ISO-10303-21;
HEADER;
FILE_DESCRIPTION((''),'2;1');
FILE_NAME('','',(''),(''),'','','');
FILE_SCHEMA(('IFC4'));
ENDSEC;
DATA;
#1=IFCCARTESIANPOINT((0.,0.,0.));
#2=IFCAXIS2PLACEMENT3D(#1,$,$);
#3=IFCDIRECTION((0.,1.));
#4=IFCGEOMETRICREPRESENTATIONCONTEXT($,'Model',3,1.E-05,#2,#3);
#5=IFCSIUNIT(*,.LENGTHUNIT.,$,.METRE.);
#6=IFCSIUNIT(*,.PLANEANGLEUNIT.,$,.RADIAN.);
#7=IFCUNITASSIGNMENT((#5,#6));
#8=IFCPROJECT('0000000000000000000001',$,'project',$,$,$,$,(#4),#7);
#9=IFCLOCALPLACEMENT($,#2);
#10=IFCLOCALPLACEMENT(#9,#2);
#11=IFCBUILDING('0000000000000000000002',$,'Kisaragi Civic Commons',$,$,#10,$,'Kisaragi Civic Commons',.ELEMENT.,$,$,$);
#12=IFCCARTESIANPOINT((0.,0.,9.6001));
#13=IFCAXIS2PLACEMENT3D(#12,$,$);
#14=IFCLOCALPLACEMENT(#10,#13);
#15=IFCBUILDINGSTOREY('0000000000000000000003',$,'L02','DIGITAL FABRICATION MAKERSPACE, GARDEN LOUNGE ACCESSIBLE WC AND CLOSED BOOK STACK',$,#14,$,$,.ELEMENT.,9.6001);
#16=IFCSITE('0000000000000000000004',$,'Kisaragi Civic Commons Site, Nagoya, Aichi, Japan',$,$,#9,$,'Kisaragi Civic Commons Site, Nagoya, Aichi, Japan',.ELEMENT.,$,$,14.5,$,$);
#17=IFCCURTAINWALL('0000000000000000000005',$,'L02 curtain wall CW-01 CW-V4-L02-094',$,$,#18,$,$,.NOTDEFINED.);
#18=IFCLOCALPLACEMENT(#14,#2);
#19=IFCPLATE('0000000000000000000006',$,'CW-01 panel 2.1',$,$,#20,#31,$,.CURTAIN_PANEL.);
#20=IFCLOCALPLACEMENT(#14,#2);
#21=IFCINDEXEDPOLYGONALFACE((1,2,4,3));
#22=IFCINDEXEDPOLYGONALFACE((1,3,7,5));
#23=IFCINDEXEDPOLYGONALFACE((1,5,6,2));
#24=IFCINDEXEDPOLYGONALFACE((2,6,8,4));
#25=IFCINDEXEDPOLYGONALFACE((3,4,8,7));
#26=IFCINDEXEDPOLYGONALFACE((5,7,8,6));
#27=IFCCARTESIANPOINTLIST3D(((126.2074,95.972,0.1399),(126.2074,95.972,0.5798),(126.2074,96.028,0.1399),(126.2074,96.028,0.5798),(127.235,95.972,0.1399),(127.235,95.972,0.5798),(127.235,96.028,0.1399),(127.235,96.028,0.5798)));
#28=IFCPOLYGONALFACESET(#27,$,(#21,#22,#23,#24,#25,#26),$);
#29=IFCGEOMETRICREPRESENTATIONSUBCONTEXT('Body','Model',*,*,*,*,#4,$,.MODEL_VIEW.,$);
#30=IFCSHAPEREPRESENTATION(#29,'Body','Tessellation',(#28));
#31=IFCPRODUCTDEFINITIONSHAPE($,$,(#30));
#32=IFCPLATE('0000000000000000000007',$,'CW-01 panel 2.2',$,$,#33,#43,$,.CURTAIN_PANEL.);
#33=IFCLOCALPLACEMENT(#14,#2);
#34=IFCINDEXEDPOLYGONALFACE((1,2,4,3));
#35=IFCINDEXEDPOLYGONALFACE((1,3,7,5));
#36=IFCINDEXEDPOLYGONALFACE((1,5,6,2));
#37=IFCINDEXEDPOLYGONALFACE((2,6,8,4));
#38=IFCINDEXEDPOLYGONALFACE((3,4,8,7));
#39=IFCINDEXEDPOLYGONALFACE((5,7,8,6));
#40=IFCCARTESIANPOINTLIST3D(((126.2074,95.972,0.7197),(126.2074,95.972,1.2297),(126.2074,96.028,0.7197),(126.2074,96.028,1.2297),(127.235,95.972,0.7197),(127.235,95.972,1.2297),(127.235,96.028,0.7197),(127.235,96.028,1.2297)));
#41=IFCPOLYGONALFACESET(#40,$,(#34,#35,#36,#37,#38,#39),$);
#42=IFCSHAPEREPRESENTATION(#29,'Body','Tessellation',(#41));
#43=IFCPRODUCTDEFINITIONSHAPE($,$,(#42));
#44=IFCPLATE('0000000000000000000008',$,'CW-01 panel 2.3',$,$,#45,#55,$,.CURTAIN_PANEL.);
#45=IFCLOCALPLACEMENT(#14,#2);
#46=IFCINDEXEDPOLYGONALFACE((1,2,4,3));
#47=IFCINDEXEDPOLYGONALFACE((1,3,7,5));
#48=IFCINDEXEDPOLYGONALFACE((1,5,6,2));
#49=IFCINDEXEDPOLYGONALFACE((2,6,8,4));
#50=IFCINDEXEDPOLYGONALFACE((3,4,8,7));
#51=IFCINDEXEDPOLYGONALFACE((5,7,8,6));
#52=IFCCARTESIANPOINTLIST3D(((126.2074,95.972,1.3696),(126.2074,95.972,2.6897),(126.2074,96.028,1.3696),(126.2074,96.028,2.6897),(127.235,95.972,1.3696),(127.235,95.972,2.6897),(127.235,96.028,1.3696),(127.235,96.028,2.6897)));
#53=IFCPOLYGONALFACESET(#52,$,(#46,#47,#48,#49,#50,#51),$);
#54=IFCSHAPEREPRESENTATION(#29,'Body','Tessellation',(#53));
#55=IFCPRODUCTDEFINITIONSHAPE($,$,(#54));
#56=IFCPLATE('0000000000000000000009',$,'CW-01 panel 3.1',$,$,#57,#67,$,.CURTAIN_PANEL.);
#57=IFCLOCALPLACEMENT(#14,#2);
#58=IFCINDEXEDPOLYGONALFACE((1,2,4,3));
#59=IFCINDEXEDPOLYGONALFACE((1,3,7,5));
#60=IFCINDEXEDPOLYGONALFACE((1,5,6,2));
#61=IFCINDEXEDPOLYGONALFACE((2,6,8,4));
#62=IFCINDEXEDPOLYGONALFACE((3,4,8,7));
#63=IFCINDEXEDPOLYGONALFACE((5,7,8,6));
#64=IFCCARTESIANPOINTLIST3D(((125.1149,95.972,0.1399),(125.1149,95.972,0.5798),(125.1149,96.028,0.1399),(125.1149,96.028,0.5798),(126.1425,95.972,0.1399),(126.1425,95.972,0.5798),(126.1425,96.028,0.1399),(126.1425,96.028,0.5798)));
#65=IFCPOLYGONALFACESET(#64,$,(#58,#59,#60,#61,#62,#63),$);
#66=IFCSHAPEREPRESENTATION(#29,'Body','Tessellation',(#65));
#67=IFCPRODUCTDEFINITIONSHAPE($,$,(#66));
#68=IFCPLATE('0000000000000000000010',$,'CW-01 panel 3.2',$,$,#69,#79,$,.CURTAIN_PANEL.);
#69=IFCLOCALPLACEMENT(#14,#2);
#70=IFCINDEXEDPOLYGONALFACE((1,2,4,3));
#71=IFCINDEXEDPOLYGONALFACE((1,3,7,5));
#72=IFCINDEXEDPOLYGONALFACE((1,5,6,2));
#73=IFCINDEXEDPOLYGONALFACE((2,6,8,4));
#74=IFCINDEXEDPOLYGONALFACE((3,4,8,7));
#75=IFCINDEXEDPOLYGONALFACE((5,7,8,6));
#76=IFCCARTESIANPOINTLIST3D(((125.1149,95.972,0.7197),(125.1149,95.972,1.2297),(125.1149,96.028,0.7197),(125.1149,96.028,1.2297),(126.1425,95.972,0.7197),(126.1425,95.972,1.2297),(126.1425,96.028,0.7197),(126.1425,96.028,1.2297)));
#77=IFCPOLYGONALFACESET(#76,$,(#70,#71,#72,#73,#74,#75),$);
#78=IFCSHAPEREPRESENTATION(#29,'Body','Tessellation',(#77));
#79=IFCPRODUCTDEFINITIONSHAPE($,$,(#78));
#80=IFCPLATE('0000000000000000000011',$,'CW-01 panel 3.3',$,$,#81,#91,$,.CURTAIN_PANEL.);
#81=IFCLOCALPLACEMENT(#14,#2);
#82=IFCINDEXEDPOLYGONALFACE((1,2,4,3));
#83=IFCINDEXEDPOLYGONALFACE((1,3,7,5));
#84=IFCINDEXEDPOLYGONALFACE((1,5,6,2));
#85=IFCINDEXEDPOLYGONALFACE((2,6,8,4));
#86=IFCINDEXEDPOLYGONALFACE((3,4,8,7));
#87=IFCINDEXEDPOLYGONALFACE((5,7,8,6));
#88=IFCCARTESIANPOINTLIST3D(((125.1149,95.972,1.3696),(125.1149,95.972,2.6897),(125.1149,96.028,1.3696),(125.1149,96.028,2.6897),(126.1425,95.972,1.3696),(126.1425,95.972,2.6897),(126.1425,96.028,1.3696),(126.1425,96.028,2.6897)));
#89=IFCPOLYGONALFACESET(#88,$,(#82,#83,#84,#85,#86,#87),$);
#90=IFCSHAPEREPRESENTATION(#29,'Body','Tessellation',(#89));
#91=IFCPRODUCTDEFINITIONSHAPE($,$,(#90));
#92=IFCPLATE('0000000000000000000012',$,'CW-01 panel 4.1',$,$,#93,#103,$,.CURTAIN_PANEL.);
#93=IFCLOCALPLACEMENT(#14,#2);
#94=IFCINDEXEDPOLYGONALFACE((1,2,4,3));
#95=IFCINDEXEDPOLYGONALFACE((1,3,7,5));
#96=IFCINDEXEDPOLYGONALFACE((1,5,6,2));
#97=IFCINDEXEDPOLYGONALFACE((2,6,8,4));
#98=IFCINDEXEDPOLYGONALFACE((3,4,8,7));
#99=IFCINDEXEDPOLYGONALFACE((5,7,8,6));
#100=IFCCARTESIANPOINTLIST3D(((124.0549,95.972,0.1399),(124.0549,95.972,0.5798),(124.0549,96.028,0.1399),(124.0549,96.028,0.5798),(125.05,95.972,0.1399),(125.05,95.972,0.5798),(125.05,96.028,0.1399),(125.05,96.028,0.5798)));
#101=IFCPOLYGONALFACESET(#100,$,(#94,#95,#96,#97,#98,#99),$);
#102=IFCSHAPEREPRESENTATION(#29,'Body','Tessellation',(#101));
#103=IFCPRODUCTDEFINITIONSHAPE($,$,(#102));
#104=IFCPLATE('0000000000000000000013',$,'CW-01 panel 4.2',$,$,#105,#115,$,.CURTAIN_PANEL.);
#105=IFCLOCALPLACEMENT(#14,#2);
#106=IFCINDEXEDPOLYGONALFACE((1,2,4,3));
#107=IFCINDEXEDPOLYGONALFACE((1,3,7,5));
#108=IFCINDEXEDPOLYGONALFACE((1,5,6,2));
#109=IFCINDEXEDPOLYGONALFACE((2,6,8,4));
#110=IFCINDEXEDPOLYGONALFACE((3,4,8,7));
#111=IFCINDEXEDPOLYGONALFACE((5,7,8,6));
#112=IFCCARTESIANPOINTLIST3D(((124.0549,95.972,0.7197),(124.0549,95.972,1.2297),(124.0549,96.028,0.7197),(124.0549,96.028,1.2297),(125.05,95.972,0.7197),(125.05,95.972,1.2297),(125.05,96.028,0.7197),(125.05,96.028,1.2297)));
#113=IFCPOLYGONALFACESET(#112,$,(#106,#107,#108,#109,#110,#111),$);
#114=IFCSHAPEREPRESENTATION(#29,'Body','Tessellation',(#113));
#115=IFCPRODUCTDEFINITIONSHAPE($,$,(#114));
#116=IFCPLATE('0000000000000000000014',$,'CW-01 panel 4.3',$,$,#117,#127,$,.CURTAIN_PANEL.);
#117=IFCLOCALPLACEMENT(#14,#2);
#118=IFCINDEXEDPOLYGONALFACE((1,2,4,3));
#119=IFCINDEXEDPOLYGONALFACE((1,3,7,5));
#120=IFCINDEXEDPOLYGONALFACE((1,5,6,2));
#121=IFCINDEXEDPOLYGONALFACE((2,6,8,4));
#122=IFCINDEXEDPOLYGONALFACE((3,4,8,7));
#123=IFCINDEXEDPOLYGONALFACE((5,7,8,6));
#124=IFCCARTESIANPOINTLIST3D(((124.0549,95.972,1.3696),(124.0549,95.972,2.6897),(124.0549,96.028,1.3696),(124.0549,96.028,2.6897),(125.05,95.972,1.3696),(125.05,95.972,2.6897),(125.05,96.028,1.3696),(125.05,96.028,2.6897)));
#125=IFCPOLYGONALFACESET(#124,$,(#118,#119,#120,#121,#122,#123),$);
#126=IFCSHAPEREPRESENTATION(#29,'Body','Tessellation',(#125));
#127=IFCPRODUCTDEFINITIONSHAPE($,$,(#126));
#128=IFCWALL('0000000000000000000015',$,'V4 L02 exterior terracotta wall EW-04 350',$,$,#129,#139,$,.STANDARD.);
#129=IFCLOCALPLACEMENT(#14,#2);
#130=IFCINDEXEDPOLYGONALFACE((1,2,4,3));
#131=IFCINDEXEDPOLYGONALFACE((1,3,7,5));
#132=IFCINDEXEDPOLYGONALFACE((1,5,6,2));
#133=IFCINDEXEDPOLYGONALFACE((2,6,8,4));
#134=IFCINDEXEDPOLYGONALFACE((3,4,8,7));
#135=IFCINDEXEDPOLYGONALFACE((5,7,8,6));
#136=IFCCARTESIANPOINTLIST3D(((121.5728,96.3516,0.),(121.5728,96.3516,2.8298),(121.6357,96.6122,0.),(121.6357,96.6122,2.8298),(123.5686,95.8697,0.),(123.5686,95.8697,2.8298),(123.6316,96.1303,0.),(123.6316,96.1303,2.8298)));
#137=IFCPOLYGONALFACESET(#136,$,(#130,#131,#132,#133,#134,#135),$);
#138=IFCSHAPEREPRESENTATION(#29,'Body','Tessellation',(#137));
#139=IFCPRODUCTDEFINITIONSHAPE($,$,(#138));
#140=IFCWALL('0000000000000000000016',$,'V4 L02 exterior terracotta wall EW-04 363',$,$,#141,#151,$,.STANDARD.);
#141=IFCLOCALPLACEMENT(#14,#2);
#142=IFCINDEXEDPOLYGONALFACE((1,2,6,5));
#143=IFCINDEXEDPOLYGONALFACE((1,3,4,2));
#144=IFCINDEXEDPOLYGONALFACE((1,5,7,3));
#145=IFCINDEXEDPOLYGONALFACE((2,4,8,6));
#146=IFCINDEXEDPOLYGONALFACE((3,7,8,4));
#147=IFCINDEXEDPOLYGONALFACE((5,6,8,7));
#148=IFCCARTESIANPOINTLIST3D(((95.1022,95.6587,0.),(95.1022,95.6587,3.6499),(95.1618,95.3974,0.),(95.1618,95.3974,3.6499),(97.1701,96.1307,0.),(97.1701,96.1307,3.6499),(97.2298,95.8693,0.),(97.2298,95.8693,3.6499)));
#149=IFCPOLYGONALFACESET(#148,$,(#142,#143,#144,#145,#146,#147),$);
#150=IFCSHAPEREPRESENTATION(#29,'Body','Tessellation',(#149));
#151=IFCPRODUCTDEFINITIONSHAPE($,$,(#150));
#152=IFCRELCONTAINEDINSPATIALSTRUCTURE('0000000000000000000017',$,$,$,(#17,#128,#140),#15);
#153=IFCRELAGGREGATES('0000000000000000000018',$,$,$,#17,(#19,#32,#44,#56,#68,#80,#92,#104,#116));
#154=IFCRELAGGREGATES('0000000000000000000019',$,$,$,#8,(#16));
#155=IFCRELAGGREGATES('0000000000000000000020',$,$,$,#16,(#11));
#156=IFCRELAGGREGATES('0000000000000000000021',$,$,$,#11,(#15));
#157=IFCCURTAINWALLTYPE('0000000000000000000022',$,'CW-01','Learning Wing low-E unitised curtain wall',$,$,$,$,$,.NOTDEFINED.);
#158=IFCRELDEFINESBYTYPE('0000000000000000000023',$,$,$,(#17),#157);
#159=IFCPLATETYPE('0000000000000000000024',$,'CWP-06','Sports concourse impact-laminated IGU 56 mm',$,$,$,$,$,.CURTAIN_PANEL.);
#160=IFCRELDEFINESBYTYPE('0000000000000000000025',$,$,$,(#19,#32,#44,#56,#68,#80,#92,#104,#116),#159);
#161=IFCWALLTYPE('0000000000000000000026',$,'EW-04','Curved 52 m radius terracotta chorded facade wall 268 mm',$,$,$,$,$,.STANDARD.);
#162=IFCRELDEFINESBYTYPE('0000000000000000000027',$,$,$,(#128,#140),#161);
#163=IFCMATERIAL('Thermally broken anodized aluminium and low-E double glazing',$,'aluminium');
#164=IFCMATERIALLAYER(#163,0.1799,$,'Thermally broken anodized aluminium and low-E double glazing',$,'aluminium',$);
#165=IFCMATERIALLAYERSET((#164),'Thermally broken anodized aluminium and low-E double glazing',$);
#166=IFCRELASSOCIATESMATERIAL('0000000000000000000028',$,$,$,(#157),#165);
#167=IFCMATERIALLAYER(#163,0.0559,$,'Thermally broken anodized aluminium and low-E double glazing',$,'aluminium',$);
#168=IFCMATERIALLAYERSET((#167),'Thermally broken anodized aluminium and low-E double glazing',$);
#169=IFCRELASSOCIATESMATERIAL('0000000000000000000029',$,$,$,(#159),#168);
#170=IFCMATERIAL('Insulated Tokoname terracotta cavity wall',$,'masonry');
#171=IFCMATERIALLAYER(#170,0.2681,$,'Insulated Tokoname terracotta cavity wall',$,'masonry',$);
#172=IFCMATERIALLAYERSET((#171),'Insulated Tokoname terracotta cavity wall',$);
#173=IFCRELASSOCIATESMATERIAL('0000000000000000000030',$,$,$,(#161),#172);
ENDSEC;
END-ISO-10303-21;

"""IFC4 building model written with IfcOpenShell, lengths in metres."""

from ifc_helpers import new_model, si_unit, direction, frame, frame_2d, origin, origin_2d, place, context, subcontext, project, spatial, rectangle, extrude, material, layer, layer_set, type_object, element, aggregate, save


model = new_model("IFC4")

# Units and contexts
model_context = context("Model", 3, precision=1e-05, world=origin(), true_north=direction((0.0, 1.0)))
body_context = subcontext(model_context, "Body", "Model", "MODEL_VIEW")
ifc_project = project(units=[si_unit("LENGTHUNIT", "METRE"), si_unit("PLANEANGLEUNIT", "RADIAN")], contexts=[model_context])

# Site, building, storey
site_placement = place(None, origin())
site = spatial("IfcSite", under=ifc_project, at=site_placement, Name="Kisaragi Civic Commons Site, Nagoya, Aichi, Japan", LongName="Kisaragi Civic Commons Site, Nagoya, Aichi, Japan", CompositionType="ELEMENT", RefElevation=14.5)
building_placement = place(site_placement, origin())
building = spatial("IfcBuilding", under=site, at=building_placement, Name="Kisaragi Civic Commons", LongName="Kisaragi Civic Commons", CompositionType="ELEMENT")
storey_placement = place(building_placement, frame((0.0, 0.0, 9.6001)))
storey = spatial("IfcBuildingStorey", under=building, at=storey_placement, Name="L02", Description="DIGITAL FABRICATION MAKERSPACE, GARDEN LOUNGE ACCESSIBLE WC AND CLOSED BOOK STACK", CompositionType="ELEMENT", Elevation=9.6001)

# Curtain wall
ifc_material_1 = material(Name="Thermally broken anodized aluminium and low-E double glazing", Category="aluminium")
ifc_layer_1 = layer(ifc_material_1, 0.1799, Name="Thermally broken anodized aluminium and low-E double glazing", Category="aluminium")
ifc_layer_set_1 = layer_set([ifc_layer_1], Name="Thermally broken anodized aluminium and low-E double glazing")
curtain_wall_type = type_object("IfcCurtainWallType", Name="CW-01", Description="Learning Wing low-E unitised curtain wall", PredefinedType="NOTDEFINED", material=ifc_layer_set_1)
curtain_wall_placement = place(storey_placement, origin())
curtain_wall = element("IfcCurtainWall", 1, at=curtain_wall_placement, inside=storey, type_object=curtain_wall_type, Name="L02 curtain wall CW-01 CW-V4-L02-094", PredefinedType="NOTDEFINED")

# Plates
ifc_layer_2 = layer(ifc_material_1, 0.0559, Name="Thermally broken anodized aluminium and low-E double glazing", Category="aluminium")
ifc_layer_set_2 = layer_set([ifc_layer_2], Name="Thermally broken anodized aluminium and low-E double glazing")
plate_type = type_object("IfcPlateType", Name="CWP-06", Description="Sports concourse impact-laminated IGU 56 mm", PredefinedType="CURTAIN_PANEL", material=ifc_layer_set_2)
plate_1_placement = place(storey_placement, frame((126.7212, 96.0, 0.1399), z_axis=(0.0, 0.0, 1.0), x_axis=(-1.0, 0.0, 0.0)))
plate_1 = element("IfcPlate", 2, at=plate_1_placement, type_object=plate_type, Name="CW-01 panel 2.1", PredefinedType="CURTAIN_PANEL", context=body_context, shape_type="SweptSolid", body=[
    extrude(rectangle(XDim=1.0276, YDim=0.0559, at=origin_2d()), origin(), (0.0, 0.0, 1.0), 0.4399),
])
plate_2_placement = place(storey_placement, frame((126.7212, 96.0, 0.7197), z_axis=(0.0, 0.0, 1.0), x_axis=(-1.0, 0.0, 0.0)))
plate_2 = element("IfcPlate", 3, at=plate_2_placement, type_object=plate_type, Name="CW-01 panel 2.2", PredefinedType="CURTAIN_PANEL", context=body_context, shape_type="SweptSolid", body=[
    extrude(rectangle(XDim=1.0276, YDim=0.0559, at=origin_2d()), origin(), (0.0, 0.0, 1.0), 0.51),
])
plate_3_placement = place(storey_placement, frame((126.7212, 96.0, 1.3696), z_axis=(0.0, 0.0, 1.0), x_axis=(-1.0, 0.0, 0.0)))
plate_3 = element("IfcPlate", 4, at=plate_3_placement, type_object=plate_type, Name="CW-01 panel 2.3", PredefinedType="CURTAIN_PANEL", context=body_context, shape_type="SweptSolid", body=[
    extrude(rectangle(XDim=1.0276, YDim=0.0559, at=origin_2d()), origin(), (0.0, 0.0, 1.0), 1.3201),
])
plate_4_placement = place(storey_placement, frame((125.6287, 96.0, 0.1399), z_axis=(0.0, 0.0, 1.0), x_axis=(-1.0, 0.0, 0.0)))
plate_4 = element("IfcPlate", 5, at=plate_4_placement, type_object=plate_type, Name="CW-01 panel 3.1", PredefinedType="CURTAIN_PANEL", context=body_context, shape_type="SweptSolid", body=[
    extrude(rectangle(XDim=1.0276, YDim=0.0559, at=origin_2d()), origin(), (0.0, 0.0, 1.0), 0.4399),
])
plate_5_placement = place(storey_placement, frame((125.6287, 96.0, 0.7197), z_axis=(0.0, 0.0, 1.0), x_axis=(-1.0, 0.0, 0.0)))
plate_5 = element("IfcPlate", 6, at=plate_5_placement, type_object=plate_type, Name="CW-01 panel 3.2", PredefinedType="CURTAIN_PANEL", context=body_context, shape_type="SweptSolid", body=[
    extrude(rectangle(XDim=1.0276, YDim=0.0559, at=origin_2d()), origin(), (0.0, 0.0, 1.0), 0.51),
])
plate_6_placement = place(storey_placement, frame((125.6287, 96.0, 1.3696), z_axis=(0.0, 0.0, 1.0), x_axis=(-1.0, 0.0, 0.0)))
plate_6 = element("IfcPlate", 7, at=plate_6_placement, type_object=plate_type, Name="CW-01 panel 3.3", PredefinedType="CURTAIN_PANEL", context=body_context, shape_type="SweptSolid", body=[
    extrude(rectangle(XDim=1.0276, YDim=0.0559, at=origin_2d()), origin(), (0.0, 0.0, 1.0), 1.3201),
])
plate_7_placement = place(storey_placement, frame((124.5525, 96.0, 0.1399), z_axis=(0.0, 0.0, 1.0), x_axis=(-1.0, 0.0, 0.0)))
plate_7 = element("IfcPlate", 8, at=plate_7_placement, type_object=plate_type, Name="CW-01 panel 4.1", PredefinedType="CURTAIN_PANEL", context=body_context, shape_type="SweptSolid", body=[
    extrude(rectangle(XDim=0.9951, YDim=0.0559, at=origin_2d()), origin(), (0.0, 0.0, 1.0), 0.4399),
])
plate_8_placement = place(storey_placement, frame((124.5525, 96.0, 0.7197), z_axis=(0.0, 0.0, 1.0), x_axis=(-1.0, 0.0, 0.0)))
plate_8 = element("IfcPlate", 9, at=plate_8_placement, type_object=plate_type, Name="CW-01 panel 4.2", PredefinedType="CURTAIN_PANEL", context=body_context, shape_type="SweptSolid", body=[
    extrude(rectangle(XDim=0.9951, YDim=0.0559, at=origin_2d()), origin(), (0.0, 0.0, 1.0), 0.51),
])
plate_9_placement = place(storey_placement, frame((124.5525, 96.0, 1.3696), z_axis=(0.0, 0.0, 1.0), x_axis=(-1.0, 0.0, 0.0)))
plate_9 = element("IfcPlate", 10, at=plate_9_placement, type_object=plate_type, Name="CW-01 panel 4.3", PredefinedType="CURTAIN_PANEL", context=body_context, shape_type="SweptSolid", body=[
    extrude(rectangle(XDim=0.9951, YDim=0.0559, at=origin_2d()), origin(), (0.0, 0.0, 1.0), 1.3201),
])
aggregate(curtain_wall, [plate_1, plate_2, plate_3, plate_4, plate_5, plate_6, plate_7, plate_8, plate_9])

# Walls
ifc_material_2 = material(Name="Insulated Tokoname terracotta cavity wall", Category="masonry")
ifc_layer_3 = layer(ifc_material_2, 0.2681, Name="Insulated Tokoname terracotta cavity wall", Category="masonry")
ifc_layer_set_3 = layer_set([ifc_layer_3], Name="Insulated Tokoname terracotta cavity wall")
wall_type_1 = type_object("IfcWallType", Name="EW-04", Description="Curved 52 m radius terracotta chorded facade wall 268 mm", PredefinedType="STANDARD", material=ifc_layer_set_3)
wall_1_placement = place(storey_placement, frame((123.6001, 96.0, 0.0), z_axis=(0.0, 0.0, 1.0), x_axis=(-0.972063, 0.234722, 0.0)))
element("IfcWall", 11, at=wall_1_placement, inside=storey, type_object=wall_type_1, Name="V4 L02 exterior terracotta wall EW-04 350", PredefinedType="STANDARD", context=body_context, shape_type="SweptSolid", body=[
    extrude(rectangle(XDim=2.0532, YDim=0.2681, at=frame_2d((1.0266, 0.0))), origin(), (0.0, 0.0, 1.0), 2.8298),
])
wall_2_placement = place(storey_placement, frame((97.2, 96.0, 0.0), z_axis=(0.0, 0.0, 1.0), x_axis=(-0.974933, -0.222497, 0.0)))
element("IfcWall", 12, at=wall_2_placement, inside=storey, type_object=wall_type_1, Name="V4 L02 exterior terracotta wall EW-04 363", PredefinedType="STANDARD", context=body_context, shape_type="SweptSolid", body=[
    extrude(rectangle(XDim=2.1211, YDim=0.2681, at=frame_2d((1.0605, 0.0))), origin(), (0.0, 0.0, 1.0), 3.6499),
])

save(model, "model.ifc")
